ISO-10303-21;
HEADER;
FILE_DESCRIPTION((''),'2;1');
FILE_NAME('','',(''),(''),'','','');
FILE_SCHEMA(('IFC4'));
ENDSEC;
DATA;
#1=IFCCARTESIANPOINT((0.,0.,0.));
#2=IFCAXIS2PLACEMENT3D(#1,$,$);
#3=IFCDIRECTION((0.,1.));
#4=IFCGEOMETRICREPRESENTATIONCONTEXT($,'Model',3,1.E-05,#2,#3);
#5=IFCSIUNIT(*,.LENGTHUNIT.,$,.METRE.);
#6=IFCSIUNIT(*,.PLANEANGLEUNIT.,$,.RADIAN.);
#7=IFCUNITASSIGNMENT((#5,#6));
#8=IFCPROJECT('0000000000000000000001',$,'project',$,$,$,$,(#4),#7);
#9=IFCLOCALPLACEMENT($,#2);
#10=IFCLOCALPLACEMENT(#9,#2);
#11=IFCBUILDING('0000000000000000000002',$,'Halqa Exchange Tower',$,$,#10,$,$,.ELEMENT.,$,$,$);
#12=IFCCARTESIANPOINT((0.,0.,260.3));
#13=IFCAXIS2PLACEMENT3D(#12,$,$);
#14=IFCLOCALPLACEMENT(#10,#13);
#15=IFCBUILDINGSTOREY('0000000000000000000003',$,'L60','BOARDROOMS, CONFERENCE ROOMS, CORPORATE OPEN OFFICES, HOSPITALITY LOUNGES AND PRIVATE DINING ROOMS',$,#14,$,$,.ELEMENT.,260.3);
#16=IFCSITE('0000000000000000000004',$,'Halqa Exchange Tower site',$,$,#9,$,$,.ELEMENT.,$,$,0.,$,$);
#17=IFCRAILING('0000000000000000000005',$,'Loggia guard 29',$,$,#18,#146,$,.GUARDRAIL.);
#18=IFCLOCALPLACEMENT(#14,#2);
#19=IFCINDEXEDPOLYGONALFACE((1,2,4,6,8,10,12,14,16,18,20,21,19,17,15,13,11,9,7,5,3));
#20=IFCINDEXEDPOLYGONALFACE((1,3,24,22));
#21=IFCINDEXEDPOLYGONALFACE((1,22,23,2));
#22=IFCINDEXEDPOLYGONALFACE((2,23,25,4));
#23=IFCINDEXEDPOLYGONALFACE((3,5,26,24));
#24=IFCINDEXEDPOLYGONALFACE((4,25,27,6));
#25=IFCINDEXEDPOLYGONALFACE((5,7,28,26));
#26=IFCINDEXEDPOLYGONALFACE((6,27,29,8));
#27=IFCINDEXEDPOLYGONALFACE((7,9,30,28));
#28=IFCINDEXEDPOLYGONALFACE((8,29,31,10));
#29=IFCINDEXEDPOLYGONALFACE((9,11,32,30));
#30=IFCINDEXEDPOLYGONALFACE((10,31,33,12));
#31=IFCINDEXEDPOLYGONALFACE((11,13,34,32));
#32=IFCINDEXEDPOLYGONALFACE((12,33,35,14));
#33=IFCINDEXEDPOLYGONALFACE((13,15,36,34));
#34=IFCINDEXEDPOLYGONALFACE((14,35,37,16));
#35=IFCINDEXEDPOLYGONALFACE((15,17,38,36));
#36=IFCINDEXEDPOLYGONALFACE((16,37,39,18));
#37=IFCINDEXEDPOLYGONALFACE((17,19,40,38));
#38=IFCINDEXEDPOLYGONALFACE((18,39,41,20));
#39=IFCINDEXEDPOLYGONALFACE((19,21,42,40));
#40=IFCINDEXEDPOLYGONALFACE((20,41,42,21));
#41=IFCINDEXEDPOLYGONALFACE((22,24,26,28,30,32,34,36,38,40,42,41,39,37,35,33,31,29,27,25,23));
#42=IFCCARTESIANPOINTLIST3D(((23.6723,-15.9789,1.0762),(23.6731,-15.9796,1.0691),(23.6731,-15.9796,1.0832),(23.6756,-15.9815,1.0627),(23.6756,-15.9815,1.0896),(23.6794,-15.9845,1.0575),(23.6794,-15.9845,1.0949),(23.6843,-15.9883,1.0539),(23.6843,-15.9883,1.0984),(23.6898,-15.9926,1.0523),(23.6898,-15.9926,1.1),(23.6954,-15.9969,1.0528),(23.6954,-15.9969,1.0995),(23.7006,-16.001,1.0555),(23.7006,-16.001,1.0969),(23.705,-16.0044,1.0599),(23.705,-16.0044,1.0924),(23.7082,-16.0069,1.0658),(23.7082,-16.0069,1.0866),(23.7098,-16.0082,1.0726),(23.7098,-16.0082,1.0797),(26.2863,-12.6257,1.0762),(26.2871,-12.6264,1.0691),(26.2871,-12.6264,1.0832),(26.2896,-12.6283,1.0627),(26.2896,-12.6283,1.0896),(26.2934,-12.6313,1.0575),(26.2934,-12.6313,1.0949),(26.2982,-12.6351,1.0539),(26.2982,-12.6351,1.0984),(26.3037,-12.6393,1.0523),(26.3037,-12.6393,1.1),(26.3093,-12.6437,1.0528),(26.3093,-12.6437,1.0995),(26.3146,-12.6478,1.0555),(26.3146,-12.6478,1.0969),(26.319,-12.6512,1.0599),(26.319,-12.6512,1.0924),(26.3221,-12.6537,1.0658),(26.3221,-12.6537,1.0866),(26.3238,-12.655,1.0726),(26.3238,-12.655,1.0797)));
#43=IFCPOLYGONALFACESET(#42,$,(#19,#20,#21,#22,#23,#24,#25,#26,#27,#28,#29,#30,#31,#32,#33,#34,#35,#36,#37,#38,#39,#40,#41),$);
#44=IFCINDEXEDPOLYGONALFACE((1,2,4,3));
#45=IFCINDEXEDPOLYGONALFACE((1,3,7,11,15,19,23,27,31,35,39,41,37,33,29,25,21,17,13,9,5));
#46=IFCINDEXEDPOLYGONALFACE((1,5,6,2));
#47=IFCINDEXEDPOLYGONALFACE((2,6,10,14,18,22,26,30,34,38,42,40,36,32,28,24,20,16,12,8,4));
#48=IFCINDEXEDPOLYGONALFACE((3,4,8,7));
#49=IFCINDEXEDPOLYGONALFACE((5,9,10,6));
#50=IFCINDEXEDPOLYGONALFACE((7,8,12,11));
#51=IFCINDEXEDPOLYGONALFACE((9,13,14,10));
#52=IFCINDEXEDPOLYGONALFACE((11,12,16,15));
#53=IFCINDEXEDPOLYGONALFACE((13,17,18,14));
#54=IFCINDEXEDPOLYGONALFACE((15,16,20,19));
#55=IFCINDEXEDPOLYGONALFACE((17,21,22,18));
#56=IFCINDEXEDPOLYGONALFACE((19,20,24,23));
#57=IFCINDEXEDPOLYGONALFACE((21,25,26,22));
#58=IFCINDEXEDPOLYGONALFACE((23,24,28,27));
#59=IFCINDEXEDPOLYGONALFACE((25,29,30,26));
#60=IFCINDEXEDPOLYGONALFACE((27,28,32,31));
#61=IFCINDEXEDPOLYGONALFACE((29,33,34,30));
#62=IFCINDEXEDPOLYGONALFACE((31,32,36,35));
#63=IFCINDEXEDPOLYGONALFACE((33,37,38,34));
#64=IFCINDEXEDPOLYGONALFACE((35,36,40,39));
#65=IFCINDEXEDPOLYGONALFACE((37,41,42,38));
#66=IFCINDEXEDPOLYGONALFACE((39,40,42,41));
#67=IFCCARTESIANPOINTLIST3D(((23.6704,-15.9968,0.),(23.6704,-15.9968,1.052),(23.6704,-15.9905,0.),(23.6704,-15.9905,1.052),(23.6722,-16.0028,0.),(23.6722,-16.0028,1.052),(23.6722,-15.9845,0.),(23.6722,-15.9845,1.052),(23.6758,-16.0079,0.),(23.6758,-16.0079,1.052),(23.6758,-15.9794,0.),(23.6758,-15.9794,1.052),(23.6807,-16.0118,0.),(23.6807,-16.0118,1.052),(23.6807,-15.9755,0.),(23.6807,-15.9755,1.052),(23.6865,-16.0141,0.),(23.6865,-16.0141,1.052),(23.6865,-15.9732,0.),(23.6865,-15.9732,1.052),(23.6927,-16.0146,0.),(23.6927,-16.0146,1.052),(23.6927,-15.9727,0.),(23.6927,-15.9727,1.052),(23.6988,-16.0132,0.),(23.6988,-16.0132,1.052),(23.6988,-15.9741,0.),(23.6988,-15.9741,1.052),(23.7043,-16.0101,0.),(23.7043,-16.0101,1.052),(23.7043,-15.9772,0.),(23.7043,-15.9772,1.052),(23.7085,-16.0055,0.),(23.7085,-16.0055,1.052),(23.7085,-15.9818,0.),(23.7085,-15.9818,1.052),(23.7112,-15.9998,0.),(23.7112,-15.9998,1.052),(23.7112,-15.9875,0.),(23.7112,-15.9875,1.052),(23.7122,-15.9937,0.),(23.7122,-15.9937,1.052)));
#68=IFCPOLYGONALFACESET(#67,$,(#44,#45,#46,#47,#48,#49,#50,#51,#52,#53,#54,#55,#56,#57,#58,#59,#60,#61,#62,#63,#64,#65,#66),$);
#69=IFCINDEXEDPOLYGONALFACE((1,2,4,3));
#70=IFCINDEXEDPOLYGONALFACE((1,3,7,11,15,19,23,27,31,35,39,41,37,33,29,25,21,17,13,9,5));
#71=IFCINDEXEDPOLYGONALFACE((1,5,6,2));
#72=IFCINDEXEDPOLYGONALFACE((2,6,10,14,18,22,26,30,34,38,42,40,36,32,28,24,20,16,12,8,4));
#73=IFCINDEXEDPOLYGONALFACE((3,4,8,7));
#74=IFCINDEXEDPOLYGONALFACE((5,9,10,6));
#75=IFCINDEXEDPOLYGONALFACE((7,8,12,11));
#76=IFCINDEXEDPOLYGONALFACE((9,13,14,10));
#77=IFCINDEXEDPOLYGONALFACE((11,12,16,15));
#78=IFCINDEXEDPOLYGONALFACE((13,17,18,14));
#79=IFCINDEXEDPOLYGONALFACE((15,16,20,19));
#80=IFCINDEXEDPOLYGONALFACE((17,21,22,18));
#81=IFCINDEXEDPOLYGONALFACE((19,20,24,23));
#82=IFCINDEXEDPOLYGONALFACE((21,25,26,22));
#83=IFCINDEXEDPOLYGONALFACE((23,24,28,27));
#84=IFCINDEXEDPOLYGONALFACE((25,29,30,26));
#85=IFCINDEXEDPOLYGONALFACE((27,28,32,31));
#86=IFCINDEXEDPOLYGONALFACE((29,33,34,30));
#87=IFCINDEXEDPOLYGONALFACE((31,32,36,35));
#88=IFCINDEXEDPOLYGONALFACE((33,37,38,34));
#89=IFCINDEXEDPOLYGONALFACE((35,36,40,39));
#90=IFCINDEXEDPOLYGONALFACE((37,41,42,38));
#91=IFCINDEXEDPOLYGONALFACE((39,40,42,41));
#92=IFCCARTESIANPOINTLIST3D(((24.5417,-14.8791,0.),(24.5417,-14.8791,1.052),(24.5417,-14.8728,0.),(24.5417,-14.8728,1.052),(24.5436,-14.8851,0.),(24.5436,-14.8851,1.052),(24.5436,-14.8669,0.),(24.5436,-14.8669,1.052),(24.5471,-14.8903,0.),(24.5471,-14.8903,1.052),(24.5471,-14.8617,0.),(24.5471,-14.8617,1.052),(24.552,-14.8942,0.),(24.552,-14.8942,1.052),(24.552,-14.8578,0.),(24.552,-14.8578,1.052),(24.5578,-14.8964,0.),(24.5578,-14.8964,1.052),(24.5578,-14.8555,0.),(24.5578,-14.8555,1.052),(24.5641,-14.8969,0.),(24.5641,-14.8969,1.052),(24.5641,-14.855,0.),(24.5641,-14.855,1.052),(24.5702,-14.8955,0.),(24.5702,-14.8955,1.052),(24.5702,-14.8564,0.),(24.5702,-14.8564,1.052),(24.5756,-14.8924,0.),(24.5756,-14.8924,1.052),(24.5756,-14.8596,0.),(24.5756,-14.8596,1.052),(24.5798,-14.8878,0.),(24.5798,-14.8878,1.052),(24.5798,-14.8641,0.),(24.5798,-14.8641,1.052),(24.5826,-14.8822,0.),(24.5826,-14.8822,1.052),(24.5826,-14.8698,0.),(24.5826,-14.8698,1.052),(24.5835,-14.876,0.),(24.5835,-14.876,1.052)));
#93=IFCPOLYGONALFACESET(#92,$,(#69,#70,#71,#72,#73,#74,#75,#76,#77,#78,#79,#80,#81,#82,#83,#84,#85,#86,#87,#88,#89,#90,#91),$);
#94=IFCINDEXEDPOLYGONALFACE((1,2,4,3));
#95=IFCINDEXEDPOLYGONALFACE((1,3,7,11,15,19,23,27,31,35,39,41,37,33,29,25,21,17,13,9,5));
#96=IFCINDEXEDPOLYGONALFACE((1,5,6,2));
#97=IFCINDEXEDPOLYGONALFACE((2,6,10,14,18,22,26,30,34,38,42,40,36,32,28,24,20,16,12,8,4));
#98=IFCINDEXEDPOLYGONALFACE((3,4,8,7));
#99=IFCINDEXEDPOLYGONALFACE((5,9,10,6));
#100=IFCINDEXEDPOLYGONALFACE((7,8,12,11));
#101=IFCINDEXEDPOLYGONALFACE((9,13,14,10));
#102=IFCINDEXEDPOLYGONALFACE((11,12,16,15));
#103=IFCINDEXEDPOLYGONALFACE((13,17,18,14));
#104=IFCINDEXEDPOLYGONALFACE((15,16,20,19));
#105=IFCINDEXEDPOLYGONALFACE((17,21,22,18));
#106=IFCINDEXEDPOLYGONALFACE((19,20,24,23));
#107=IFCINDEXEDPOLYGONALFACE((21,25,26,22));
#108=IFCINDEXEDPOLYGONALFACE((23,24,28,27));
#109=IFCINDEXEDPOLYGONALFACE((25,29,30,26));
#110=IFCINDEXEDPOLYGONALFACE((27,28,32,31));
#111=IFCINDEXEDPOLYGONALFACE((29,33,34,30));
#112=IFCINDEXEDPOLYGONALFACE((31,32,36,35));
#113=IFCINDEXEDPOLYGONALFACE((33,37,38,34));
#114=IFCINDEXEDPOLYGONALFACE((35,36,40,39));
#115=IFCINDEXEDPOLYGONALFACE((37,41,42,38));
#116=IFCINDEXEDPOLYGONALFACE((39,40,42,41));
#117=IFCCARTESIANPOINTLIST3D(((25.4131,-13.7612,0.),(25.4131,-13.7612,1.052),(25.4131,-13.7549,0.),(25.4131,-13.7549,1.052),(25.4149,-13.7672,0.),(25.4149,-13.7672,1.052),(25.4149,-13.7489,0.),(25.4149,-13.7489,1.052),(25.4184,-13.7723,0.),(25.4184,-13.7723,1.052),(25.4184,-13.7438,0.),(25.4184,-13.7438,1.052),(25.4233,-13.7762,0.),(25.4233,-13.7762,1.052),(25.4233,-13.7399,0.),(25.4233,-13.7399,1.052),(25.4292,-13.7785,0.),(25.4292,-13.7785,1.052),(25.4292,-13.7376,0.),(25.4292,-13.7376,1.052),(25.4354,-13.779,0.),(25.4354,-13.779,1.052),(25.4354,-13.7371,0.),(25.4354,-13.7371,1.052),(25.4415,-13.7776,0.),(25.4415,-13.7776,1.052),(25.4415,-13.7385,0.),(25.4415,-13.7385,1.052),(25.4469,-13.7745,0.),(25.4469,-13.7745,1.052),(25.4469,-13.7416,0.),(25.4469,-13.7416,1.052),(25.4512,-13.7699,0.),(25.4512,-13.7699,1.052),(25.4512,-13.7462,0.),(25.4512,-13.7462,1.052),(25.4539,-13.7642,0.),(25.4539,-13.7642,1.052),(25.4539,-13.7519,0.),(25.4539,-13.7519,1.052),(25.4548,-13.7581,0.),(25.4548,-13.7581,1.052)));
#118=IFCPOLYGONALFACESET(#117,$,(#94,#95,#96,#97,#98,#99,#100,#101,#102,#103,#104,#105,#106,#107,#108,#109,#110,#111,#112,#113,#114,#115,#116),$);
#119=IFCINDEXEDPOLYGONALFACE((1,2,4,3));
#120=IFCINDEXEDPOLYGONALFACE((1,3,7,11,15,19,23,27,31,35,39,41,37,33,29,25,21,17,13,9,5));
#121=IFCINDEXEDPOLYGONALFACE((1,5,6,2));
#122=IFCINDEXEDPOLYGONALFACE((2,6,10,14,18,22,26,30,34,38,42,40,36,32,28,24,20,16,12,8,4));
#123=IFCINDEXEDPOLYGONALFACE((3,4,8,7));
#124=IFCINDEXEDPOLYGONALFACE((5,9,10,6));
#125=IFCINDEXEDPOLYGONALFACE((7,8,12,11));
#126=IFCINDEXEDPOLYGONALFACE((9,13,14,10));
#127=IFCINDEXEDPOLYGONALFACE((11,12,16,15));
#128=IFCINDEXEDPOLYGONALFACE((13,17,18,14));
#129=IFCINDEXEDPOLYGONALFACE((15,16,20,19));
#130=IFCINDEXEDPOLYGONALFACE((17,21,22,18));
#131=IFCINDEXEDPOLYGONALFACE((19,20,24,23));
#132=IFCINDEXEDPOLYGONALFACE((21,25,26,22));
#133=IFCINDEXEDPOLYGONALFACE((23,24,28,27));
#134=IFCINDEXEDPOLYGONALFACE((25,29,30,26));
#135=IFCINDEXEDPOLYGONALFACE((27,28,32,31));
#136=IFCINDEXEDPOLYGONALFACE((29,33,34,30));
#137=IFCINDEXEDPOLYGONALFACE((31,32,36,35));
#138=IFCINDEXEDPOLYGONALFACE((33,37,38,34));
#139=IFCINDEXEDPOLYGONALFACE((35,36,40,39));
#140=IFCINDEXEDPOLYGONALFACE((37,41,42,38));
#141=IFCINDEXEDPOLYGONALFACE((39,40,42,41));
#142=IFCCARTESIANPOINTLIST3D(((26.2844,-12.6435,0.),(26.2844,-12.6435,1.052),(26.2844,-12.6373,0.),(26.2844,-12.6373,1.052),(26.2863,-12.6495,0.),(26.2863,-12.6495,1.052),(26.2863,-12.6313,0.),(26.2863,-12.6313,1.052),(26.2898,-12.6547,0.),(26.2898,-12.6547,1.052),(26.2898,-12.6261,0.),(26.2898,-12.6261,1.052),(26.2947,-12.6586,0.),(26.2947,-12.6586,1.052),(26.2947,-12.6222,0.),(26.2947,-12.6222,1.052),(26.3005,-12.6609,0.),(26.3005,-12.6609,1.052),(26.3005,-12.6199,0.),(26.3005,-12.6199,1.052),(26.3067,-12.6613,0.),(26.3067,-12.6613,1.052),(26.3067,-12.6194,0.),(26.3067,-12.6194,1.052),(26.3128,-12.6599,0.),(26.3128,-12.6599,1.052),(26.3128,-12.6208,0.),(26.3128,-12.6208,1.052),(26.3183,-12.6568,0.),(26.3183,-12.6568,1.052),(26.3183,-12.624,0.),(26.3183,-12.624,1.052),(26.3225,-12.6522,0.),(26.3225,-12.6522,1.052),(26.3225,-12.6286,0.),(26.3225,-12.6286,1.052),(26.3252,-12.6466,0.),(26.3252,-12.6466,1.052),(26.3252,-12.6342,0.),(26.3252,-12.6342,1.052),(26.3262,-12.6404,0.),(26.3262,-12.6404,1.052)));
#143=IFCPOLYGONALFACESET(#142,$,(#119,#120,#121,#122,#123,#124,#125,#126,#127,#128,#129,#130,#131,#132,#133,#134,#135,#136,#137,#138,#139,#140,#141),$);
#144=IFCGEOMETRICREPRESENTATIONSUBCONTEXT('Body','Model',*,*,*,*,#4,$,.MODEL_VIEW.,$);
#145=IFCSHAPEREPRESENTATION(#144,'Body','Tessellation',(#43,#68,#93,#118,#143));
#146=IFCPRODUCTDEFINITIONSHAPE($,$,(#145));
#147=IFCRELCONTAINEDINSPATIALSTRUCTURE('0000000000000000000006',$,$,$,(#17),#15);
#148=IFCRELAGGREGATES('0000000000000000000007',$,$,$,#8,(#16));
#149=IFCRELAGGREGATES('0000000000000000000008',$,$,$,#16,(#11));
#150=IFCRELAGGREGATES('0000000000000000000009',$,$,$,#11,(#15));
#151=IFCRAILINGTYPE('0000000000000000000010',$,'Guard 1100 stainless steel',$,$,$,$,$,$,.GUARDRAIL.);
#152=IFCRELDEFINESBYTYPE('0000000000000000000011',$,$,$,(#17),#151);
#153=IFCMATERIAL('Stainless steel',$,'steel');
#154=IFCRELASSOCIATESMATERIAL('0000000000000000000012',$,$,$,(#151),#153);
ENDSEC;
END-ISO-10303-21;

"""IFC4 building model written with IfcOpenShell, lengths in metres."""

from ifc_helpers import new_model, si_unit, direction, frame, origin, origin_2d, place, context, subcontext, project, spatial, circle, extrude, material, type_object, element, save


model = new_model("IFC4")

# Units and contexts
model_context = context("Model", 3, precision=1e-05, world=origin(), true_north=direction((0.0, 1.0)))
body_context = subcontext(model_context, "Body", "Model", "MODEL_VIEW")
ifc_project = project(units=[si_unit("LENGTHUNIT", "METRE"), si_unit("PLANEANGLEUNIT", "RADIAN")], contexts=[model_context])

# Site, building, storey
site_placement = place(None, origin())
site = spatial("IfcSite", under=ifc_project, at=site_placement, Name="Halqa Exchange Tower site", CompositionType="ELEMENT", RefElevation=0.0)
building_placement = place(site_placement, origin())
building = spatial("IfcBuilding", under=site, at=building_placement, Name="Halqa Exchange Tower", CompositionType="ELEMENT")
storey_placement = place(building_placement, frame((0.0, 0.0, 260.3)))
storey = spatial("IfcBuildingStorey", under=building, at=storey_placement, Name="L60", Description="BOARDROOMS, CONFERENCE ROOMS, CORPORATE OPEN OFFICES, HOSPITALITY LOUNGES AND PRIVATE DINING ROOMS", CompositionType="ELEMENT", Elevation=260.3)

# Railing
ifc_material_1 = material(Name="Stainless steel", Category="steel")
railing_type = type_object("IfcRailingType", Name="Guard 1100 stainless steel", PredefinedType="GUARDRAIL", material=ifc_material_1)
railing_1_placement = place(storey_placement, frame((23.6912, -15.9937, 0.0)))
element("IfcRailing", 1, at=railing_1_placement, inside=storey, type_object=railing_type, Name="Loggia guard 29", PredefinedType="GUARDRAIL", context=body_context, shape_type="SweptSolid", body=[
    extrude(circle(Radius=0.0239, at=origin_2d()), frame((0.0, 0.0, 1.0762), z_axis=(0.614807, 0.788678, 0.0), x_axis=(-0.788678, 0.614807, 0.0)), (0.0, 0.0, 1.0), 4.2517),
    extrude(circle(Radius=0.021, at=origin_2d()), origin(), (0.0, 0.0, 1.0), 1.052),
    extrude(circle(Radius=0.021, at=origin_2d()), frame((0.8713, 1.1177, 0.0)), (0.0, 0.0, 1.0), 1.052),
    extrude(circle(Radius=0.021, at=origin_2d()), frame((1.7427, 2.2356, 0.0)), (0.0, 0.0, 1.0), 1.052),
    extrude(circle(Radius=0.021, at=origin_2d()), frame((2.614, 3.3533, 0.0)), (0.0, 0.0, 1.0), 1.052),
])

save(model, "model.ifc")
